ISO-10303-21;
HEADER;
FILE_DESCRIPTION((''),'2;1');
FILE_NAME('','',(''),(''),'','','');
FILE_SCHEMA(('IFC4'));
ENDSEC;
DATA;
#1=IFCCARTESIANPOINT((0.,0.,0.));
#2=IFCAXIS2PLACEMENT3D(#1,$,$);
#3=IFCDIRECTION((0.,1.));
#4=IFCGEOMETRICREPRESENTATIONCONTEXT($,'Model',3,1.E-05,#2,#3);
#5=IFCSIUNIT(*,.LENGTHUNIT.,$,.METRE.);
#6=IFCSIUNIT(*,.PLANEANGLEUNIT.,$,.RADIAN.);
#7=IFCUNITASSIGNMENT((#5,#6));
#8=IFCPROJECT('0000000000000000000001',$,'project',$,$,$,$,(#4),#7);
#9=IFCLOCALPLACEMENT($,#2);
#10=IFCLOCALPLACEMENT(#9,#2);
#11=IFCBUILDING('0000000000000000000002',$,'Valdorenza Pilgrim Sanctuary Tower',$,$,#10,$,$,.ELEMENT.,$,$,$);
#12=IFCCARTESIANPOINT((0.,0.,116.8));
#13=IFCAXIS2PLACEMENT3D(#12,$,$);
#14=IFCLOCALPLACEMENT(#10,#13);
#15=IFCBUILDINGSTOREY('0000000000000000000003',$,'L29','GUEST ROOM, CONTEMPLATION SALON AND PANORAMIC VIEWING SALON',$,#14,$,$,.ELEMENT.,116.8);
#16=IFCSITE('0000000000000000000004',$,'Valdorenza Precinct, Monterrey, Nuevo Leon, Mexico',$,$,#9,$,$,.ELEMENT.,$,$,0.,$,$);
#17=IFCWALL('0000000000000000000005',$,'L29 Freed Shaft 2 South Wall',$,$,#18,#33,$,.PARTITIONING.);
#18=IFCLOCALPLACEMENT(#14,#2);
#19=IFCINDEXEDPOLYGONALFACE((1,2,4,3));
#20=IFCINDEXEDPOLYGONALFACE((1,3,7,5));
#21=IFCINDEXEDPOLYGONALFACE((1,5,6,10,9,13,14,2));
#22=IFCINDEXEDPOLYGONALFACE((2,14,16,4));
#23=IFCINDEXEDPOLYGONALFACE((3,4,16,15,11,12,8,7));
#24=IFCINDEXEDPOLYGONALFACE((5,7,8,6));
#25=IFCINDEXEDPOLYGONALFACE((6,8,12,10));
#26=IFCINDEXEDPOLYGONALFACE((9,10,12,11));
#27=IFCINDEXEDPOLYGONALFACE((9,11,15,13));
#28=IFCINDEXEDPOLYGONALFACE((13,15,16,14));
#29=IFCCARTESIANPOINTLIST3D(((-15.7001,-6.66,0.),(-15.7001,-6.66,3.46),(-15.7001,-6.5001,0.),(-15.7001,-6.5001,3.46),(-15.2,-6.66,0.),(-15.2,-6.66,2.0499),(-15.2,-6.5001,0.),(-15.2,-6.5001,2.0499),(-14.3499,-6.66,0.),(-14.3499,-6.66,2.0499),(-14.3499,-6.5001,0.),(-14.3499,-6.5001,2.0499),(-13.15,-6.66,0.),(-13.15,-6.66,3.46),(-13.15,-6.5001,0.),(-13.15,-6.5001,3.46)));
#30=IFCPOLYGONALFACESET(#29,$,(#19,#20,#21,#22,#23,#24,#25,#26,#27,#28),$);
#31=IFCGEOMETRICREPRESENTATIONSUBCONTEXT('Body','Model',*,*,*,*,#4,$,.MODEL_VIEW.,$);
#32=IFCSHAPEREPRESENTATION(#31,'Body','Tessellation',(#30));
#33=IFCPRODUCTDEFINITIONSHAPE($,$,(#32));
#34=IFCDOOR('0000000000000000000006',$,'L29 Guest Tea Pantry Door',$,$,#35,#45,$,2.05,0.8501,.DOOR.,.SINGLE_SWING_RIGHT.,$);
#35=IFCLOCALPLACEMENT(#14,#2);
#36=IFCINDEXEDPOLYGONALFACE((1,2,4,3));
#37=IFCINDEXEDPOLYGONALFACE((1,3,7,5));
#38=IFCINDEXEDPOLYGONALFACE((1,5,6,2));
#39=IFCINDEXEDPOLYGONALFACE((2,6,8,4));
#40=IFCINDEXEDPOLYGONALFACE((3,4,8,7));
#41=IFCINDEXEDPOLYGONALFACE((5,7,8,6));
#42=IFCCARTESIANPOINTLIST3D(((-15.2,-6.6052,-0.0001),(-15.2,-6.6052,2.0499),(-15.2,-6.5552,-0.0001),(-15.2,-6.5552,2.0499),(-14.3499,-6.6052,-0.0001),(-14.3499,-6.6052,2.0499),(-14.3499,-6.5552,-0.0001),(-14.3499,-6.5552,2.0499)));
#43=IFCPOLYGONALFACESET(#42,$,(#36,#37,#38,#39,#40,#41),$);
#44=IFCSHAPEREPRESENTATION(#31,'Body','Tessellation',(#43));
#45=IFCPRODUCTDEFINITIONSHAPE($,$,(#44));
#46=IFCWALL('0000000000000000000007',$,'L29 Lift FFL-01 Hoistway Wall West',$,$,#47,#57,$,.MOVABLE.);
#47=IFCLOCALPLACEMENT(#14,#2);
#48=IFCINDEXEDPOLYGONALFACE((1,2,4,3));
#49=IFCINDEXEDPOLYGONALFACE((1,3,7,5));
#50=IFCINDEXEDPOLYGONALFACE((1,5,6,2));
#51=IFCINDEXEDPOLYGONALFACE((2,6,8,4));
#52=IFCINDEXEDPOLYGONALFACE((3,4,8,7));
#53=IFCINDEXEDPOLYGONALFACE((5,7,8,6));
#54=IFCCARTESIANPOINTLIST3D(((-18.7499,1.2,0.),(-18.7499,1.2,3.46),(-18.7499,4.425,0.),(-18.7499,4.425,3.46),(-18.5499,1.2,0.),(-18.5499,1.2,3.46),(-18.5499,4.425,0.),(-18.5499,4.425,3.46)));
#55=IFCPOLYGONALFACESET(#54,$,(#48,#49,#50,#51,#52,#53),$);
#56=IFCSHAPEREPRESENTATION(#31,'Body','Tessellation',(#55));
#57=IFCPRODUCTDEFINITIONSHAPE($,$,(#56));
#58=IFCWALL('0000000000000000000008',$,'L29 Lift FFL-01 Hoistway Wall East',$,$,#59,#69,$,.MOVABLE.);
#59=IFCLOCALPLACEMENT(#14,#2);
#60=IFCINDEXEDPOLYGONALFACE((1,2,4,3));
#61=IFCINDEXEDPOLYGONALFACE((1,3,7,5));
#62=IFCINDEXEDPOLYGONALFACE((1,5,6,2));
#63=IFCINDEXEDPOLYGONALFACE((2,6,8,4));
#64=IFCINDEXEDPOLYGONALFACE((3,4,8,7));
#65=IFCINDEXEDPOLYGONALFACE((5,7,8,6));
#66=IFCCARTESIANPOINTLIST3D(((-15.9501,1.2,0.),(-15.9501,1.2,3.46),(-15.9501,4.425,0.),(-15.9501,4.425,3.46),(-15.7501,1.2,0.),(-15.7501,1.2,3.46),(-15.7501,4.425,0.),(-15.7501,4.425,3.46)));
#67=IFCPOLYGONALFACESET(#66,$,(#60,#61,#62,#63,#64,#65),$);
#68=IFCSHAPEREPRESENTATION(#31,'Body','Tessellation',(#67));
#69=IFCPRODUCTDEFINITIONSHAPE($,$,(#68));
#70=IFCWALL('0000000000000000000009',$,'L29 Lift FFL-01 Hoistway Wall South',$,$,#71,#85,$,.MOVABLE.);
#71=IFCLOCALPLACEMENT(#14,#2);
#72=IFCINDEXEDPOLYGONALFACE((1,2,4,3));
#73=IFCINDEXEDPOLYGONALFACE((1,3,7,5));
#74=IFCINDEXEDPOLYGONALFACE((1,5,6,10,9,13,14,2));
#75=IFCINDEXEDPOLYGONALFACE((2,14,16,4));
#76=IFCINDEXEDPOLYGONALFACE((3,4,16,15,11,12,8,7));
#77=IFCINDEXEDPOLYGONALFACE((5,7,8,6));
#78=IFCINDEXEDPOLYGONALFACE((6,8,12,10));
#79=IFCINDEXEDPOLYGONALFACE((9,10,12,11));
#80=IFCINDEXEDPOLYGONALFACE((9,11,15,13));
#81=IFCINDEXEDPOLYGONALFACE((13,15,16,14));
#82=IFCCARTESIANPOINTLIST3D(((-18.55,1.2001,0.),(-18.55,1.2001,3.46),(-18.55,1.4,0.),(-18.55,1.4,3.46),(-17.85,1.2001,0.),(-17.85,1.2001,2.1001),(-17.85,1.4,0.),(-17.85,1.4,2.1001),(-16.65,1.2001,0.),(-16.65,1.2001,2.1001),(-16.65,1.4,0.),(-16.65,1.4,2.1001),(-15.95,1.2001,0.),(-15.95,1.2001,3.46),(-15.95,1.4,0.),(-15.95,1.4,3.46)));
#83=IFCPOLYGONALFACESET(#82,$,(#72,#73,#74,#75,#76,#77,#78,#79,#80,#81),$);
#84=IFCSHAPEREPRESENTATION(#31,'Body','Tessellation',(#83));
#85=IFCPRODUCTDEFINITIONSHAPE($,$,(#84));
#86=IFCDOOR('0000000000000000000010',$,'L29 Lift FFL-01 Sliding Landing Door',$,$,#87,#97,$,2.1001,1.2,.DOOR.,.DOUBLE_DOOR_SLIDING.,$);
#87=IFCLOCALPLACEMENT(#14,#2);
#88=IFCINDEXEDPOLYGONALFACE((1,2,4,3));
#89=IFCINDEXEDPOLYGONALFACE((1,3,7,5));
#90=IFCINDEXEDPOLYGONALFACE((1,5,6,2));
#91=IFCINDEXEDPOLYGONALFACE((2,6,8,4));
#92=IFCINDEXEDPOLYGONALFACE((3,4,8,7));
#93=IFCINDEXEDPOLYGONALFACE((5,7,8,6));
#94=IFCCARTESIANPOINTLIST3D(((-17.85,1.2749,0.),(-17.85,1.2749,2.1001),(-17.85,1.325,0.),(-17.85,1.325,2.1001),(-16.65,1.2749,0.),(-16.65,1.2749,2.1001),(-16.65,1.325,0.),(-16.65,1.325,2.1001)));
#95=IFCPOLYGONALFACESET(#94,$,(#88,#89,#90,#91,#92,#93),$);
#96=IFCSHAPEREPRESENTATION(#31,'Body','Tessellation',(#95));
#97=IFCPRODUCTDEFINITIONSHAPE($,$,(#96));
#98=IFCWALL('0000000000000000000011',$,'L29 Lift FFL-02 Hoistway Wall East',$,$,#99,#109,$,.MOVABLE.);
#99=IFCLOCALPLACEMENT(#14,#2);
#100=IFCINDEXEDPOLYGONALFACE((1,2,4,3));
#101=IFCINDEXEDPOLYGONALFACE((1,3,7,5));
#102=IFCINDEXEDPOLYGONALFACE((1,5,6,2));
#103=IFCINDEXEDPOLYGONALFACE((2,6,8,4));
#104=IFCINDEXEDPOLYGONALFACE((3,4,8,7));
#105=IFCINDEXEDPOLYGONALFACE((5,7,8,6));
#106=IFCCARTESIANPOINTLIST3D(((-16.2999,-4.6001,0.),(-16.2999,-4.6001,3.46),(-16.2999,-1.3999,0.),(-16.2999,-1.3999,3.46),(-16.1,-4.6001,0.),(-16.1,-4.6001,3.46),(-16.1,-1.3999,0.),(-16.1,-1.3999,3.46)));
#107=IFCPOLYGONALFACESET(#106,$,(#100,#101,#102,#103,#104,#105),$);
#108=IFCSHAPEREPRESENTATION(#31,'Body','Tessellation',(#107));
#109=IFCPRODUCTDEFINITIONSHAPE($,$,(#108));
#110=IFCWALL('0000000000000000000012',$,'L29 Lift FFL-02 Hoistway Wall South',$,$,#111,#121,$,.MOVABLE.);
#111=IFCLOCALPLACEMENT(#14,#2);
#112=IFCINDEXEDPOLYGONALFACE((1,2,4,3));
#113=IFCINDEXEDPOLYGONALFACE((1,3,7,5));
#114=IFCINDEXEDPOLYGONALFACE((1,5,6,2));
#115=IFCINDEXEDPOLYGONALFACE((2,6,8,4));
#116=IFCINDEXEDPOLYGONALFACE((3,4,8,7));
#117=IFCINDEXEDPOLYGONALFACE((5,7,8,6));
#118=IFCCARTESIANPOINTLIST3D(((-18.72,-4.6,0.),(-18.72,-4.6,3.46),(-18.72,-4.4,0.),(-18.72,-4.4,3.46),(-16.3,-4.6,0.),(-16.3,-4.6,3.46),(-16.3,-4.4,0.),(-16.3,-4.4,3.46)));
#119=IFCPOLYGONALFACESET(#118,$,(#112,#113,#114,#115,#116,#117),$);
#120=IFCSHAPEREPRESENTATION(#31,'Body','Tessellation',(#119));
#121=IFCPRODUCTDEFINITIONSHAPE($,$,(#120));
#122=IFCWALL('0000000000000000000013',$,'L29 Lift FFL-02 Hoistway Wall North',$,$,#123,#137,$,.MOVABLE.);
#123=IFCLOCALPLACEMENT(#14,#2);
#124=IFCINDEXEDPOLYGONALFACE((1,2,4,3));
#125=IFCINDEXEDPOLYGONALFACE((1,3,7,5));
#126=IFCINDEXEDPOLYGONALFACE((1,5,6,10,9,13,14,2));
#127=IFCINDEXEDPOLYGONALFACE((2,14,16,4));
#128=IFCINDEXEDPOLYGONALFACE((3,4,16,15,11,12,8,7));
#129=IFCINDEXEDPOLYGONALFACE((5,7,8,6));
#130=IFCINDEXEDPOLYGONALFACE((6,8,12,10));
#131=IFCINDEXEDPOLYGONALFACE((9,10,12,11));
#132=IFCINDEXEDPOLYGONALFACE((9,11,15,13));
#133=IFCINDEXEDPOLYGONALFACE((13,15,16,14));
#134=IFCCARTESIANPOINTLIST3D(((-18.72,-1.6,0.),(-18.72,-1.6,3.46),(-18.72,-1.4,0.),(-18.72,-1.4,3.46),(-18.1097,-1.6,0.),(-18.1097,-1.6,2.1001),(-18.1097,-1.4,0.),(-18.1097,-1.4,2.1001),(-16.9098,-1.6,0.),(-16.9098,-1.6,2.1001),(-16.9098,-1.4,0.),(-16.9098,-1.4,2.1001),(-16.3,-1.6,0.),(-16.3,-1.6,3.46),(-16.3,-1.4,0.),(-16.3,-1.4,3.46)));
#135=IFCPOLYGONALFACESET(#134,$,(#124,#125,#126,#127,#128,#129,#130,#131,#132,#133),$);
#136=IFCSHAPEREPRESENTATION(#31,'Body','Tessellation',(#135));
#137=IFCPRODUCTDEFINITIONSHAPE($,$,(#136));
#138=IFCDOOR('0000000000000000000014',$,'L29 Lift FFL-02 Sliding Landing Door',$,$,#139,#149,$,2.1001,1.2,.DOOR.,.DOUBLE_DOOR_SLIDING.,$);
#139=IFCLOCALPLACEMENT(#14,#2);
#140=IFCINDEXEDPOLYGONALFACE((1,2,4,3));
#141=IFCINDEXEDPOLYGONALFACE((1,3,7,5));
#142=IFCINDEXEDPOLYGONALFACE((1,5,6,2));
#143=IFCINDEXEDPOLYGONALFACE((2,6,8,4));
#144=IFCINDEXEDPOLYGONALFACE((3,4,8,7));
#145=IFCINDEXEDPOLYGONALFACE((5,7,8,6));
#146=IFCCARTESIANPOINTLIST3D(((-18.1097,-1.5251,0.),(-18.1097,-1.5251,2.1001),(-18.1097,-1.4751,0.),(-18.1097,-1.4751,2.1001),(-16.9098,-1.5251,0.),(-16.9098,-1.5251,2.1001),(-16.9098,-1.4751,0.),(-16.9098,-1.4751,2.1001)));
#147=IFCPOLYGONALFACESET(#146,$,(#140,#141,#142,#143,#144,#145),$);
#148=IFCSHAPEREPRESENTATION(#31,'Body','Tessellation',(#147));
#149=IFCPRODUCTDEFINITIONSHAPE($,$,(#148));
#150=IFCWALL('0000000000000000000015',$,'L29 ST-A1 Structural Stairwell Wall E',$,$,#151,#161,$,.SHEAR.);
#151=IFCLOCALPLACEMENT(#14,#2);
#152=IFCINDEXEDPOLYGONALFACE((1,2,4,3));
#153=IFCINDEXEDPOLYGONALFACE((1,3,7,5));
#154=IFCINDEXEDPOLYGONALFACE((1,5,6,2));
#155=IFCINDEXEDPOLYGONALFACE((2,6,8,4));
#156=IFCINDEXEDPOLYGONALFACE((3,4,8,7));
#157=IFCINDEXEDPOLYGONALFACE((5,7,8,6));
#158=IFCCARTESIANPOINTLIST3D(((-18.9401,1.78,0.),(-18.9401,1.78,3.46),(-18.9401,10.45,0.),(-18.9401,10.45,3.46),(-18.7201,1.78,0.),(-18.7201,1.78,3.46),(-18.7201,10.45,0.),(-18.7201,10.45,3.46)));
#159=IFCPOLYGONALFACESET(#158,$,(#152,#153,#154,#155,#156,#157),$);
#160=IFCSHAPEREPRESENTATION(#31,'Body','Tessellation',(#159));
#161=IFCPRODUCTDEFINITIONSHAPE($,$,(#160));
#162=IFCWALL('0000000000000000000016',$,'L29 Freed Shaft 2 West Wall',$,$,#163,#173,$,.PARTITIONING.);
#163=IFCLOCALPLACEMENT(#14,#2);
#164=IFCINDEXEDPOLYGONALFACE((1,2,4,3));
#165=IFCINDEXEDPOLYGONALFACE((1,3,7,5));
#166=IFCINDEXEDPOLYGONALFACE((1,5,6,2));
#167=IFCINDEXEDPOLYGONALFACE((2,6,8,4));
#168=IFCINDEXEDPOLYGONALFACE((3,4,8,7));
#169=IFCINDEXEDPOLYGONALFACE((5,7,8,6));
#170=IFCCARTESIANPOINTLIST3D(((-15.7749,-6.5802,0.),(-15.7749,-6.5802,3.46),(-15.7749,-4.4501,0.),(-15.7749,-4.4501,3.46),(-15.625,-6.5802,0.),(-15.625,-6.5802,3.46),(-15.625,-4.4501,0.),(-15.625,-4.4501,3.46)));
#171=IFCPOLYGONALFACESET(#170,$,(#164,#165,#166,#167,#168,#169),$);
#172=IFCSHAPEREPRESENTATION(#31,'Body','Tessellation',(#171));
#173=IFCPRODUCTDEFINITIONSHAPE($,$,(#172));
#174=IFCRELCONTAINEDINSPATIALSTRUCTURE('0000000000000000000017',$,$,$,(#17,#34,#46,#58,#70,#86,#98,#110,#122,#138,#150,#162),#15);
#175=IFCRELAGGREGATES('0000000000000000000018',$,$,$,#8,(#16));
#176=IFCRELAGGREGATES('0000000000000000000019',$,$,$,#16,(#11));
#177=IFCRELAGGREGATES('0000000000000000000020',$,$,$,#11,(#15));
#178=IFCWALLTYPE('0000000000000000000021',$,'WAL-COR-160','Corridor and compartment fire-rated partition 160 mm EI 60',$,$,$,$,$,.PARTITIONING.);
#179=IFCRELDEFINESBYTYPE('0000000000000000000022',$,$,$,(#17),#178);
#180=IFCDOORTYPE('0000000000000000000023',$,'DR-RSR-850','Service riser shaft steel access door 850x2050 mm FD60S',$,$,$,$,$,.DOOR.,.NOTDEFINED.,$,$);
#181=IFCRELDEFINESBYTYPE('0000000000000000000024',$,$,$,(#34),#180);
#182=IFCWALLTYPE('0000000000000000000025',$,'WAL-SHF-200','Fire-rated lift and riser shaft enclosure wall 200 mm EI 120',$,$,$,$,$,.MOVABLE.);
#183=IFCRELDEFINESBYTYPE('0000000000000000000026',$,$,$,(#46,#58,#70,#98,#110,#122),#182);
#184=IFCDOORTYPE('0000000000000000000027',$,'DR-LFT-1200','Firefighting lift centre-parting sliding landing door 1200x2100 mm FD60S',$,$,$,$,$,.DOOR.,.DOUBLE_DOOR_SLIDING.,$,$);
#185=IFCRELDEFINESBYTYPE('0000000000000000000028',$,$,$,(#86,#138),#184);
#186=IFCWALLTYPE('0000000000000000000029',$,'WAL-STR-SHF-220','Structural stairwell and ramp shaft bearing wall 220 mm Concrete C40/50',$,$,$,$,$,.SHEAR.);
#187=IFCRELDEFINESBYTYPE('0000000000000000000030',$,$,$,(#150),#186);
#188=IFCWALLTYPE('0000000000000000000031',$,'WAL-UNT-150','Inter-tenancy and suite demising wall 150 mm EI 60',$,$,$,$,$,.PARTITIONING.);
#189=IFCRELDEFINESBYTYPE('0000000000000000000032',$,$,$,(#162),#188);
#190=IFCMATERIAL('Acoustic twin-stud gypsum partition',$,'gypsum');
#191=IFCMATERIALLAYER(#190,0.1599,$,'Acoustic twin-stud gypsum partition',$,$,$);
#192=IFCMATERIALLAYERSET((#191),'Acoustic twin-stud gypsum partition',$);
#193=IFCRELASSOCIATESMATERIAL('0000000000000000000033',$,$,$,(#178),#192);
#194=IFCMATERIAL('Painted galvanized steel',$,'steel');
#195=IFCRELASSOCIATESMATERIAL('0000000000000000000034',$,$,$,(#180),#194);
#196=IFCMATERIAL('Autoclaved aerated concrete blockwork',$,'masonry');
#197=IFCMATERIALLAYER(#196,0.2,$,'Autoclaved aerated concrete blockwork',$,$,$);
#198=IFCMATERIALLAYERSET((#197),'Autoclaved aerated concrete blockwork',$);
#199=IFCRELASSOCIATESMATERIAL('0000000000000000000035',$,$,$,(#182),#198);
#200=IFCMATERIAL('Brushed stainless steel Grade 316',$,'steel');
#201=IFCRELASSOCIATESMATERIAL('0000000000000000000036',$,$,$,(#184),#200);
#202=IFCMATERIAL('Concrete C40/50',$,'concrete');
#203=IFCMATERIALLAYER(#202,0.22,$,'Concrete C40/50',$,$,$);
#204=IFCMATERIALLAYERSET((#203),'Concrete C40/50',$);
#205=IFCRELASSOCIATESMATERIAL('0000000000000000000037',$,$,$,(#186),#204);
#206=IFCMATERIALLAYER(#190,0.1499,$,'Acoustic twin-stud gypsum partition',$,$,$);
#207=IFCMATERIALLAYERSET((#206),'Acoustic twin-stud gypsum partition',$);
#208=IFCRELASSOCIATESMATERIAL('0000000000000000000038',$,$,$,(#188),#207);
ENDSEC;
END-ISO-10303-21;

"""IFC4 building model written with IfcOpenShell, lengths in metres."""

from ifc_helpers import new_model, si_unit, direction, frame, frame_2d, origin, place, context, subcontext, project, spatial, rectangle, extrude, material, layer, layer_set, type_object, element, fill, save


model = new_model("IFC4")

# Units and contexts
model_context = context("Model", 3, precision=1e-05, world=origin(), true_north=direction((0.0, 1.0)))
body_context = subcontext(model_context, "Body", "Model", "MODEL_VIEW")
ifc_project = project(units=[si_unit("LENGTHUNIT", "METRE"), si_unit("PLANEANGLEUNIT", "RADIAN")], contexts=[model_context])

# Site, building, storey
site_placement = place(None, origin())
site = spatial("IfcSite", under=ifc_project, at=site_placement, Name="Valdorenza Precinct, Monterrey, Nuevo Leon, Mexico", CompositionType="ELEMENT", RefElevation=0.0)
building_placement = place(site_placement, origin())
building = spatial("IfcBuilding", under=site, at=building_placement, Name="Valdorenza Pilgrim Sanctuary Tower", CompositionType="ELEMENT")
storey_placement = place(building_placement, frame((0.0, 0.0, 116.8)))
storey = spatial("IfcBuildingStorey", under=building, at=storey_placement, Name="L29", Description="GUEST ROOM, CONTEMPLATION SALON AND PANORAMIC VIEWING SALON", CompositionType="ELEMENT", Elevation=116.8)

# Wall, opening, door
ifc_material_1 = material(Name="Acoustic twin-stud gypsum partition", Category="gypsum")
ifc_layer_1 = layer(ifc_material_1, 0.1599, Name="Acoustic twin-stud gypsum partition")
ifc_layer_set_1 = layer_set([ifc_layer_1], Name="Acoustic twin-stud gypsum partition")
wall_type_1 = type_object("IfcWallType", Name="WAL-COR-160", Description="Corridor and compartment fire-rated partition 160 mm EI 60", PredefinedType="PARTITIONING", material=ifc_layer_set_1)
wall_1_placement = place(storey_placement, frame((-15.7, -6.5801, 0.0), z_axis=(0.0, 0.0, 1.0), x_axis=(1.0, 0.0, 0.0)))
wall_1 = element("IfcWall", 1, at=wall_1_placement, inside=storey, type_object=wall_type_1, Name="L29 Freed Shaft 2 South Wall", PredefinedType="PARTITIONING", context=body_context, shape_type="SweptSolid", body=[
    extrude(rectangle(XDim=2.55, YDim=0.1599, at=frame_2d((1.2749, 0.0))), origin(), (0.0, 0.0, 1.0), 3.46),
])
opening_1_placement = place(wall_1_placement, frame((0.5, 0.0, 0.0)))
opening_1 = element("IfcOpeningElement", 2, at=opening_1_placement, cuts=wall_1, PredefinedType="OPENING", context=body_context, shape_type="SweptSolid", body=[
    extrude(rectangle(XDim=0.8501, YDim=2.05, at=frame_2d((0.425, 1.0249))), frame((0.0, 0.0947, 0.0), z_axis=(0.0, -1.0, 0.0), x_axis=(1.0, 0.0, 0.0)), (0.0, 0.0, 1.0), 0.1897),
])
ifc_material_2 = material(Name="Painted galvanized steel", Category="steel")
door_type_1 = type_object("IfcDoorType", Name="DR-RSR-850", Description="Service riser shaft steel access door 850x2050 mm FD60S", OperationType="NOTDEFINED", PredefinedType="DOOR", material=ifc_material_2)
door_1_placement = place(opening_1_placement, origin())
door_1 = element("IfcDoor", 3, at=door_1_placement, inside=storey, type_object=door_type_1, Name="L29 Guest Tea Pantry Door", OperationType="SINGLE_SWING_RIGHT", OverallHeight=2.05, OverallWidth=0.8501, PredefinedType="DOOR", context=body_context, shape_type="SweptSolid", body=[
    extrude(rectangle(XDim=0.8501, YDim=2.05, at=frame_2d((0.425, 1.0249))), frame((0.0, 0.0249, 0.0), z_axis=(0.0, -1.0, 0.0), x_axis=(1.0, 0.0, 0.0)), (0.0, 0.0, 1.0), 0.05),
])
fill(opening_1, door_1)

# Walls
ifc_material_3 = material(Name="Autoclaved aerated concrete blockwork", Category="masonry")
ifc_layer_2 = layer(ifc_material_3, 0.2, Name="Autoclaved aerated concrete blockwork")
ifc_layer_set_2 = layer_set([ifc_layer_2], Name="Autoclaved aerated concrete blockwork")
wall_type_2 = type_object("IfcWallType", Name="WAL-SHF-200", Description="Fire-rated lift and riser shaft enclosure wall 200 mm EI 120", PredefinedType="MOVABLE", material=ifc_layer_set_2)
for number, where, z_axis, x_axis, name in (
    (4, (-18.6499, 1.2, 0.0), (0.0, 0.0, 1.0), (0.0, 1.0, 0.0), "L29 Lift FFL-01 Hoistway Wall West"),
    (5, (-15.8501, 1.2, 0.0), (0.0, 0.0, 1.0), (0.0, 1.0, 0.0), "L29 Lift FFL-01 Hoistway Wall East"),
):
    element("IfcWall", number, at=place(storey_placement, frame(where, z_axis=z_axis, x_axis=x_axis)), inside=storey, type_object=wall_type_2, Name=name, PredefinedType="MOVABLE", context=body_context, shape_type="SweptSolid", body=[
        extrude(rectangle(XDim=3.2251, YDim=0.2, at=frame_2d((1.6125, 0.0))), origin(), (0.0, 0.0, 1.0), 3.46),
    ])

# Wall, opening, door
wall_2_placement = place(storey_placement, frame((-18.55, 1.3, 0.0), z_axis=(0.0, 0.0, 1.0), x_axis=(1.0, 0.0, 0.0)))
wall_2 = element("IfcWall", 6, at=wall_2_placement, inside=storey, type_object=wall_type_2, Name="L29 Lift FFL-01 Hoistway Wall South", PredefinedType="MOVABLE", context=body_context, shape_type="SweptSolid", body=[
    extrude(rectangle(XDim=2.6001, YDim=0.2, at=frame_2d((1.3, 0.0))), origin(), (0.0, 0.0, 1.0), 3.46),
])
opening_2_placement = place(wall_2_placement, frame((0.7, 0.0, 0.0)))
opening_2 = element("IfcOpeningElement", 7, at=opening_2_placement, cuts=wall_2, PredefinedType="OPENING", context=body_context, shape_type="SweptSolid", body=[
    extrude(rectangle(XDim=1.2, YDim=2.1001, at=frame_2d((0.6001, 1.05))), frame((0.0, 0.1147, 0.0), z_axis=(0.0, -1.0, 0.0), x_axis=(1.0, 0.0, 0.0)), (0.0, 0.0, 1.0), 0.2297),
])
ifc_material_4 = material(Name="Brushed stainless steel Grade 316", Category="steel")
door_type_2 = type_object("IfcDoorType", Name="DR-LFT-1200", Description="Firefighting lift centre-parting sliding landing door 1200x2100 mm FD60S", OperationType="DOUBLE_DOOR_SLIDING", PredefinedType="DOOR", material=ifc_material_4)
door_2_placement = place(opening_2_placement, origin())
door_2 = element("IfcDoor", 8, at=door_2_placement, inside=storey, type_object=door_type_2, Name="L29 Lift FFL-01 Sliding Landing Door", OperationType="DOUBLE_DOOR_SLIDING", OverallHeight=2.1001, OverallWidth=1.2, PredefinedType="DOOR", context=body_context, shape_type="SweptSolid", body=[
    extrude(rectangle(XDim=1.2, YDim=2.1001, at=frame_2d((0.6001, 1.05))), frame((0.0, 0.0249, 0.0), z_axis=(0.0, -1.0, 0.0), x_axis=(1.0, 0.0, 0.0)), (0.0, 0.0, 1.0), 0.05),
])
fill(opening_2, door_2)

# Walls
wall_3_placement = place(storey_placement, frame((-16.2, -4.6001, 0.0), z_axis=(0.0, 0.0, 1.0), x_axis=(0.0, 1.0, 0.0)))
element("IfcWall", 9, at=wall_3_placement, inside=storey, type_object=wall_type_2, Name="L29 Lift FFL-02 Hoistway Wall East", PredefinedType="MOVABLE", context=body_context, shape_type="SweptSolid", body=[
    extrude(rectangle(XDim=3.2002, YDim=0.2, at=frame_2d((1.6001, 0.0))), origin(), (0.0, 0.0, 1.0), 3.46),
])
wall_4_placement = place(storey_placement, frame((-18.72, -4.5, 0.0), z_axis=(0.0, 0.0, 1.0), x_axis=(1.0, 0.0, 0.0)))
element("IfcWall", 10, at=wall_4_placement, inside=storey, type_object=wall_type_2, Name="L29 Lift FFL-02 Hoistway Wall South", PredefinedType="MOVABLE", context=body_context, shape_type="SweptSolid", body=[
    extrude(rectangle(XDim=2.4199, YDim=0.2, at=frame_2d((1.21, 0.0))), origin(), (0.0, 0.0, 1.0), 3.46),
])

# Wall, opening, door
wall_5_placement = place(storey_placement, frame((-18.72, -1.5, 0.0), z_axis=(0.0, 0.0, 1.0), x_axis=(1.0, 0.0, 0.0)))
wall_5 = element("IfcWall", 11, at=wall_5_placement, inside=storey, type_object=wall_type_2, Name="L29 Lift FFL-02 Hoistway Wall North", PredefinedType="MOVABLE", context=body_context, shape_type="SweptSolid", body=[
    extrude(rectangle(XDim=2.4199, YDim=0.2, at=frame_2d((1.21, 0.0))), origin(), (0.0, 0.0, 1.0), 3.46),
])
opening_3_placement = place(wall_5_placement, frame((0.6101, 0.0, 0.0)))
opening_3 = element("IfcOpeningElement", 12, at=opening_3_placement, cuts=wall_5, PredefinedType="OPENING", context=body_context, shape_type="SweptSolid", body=[
    extrude(rectangle(XDim=1.2, YDim=2.1001, at=frame_2d((0.6001, 1.05))), frame((0.0, 0.1147, 0.0), z_axis=(0.0, -1.0, 0.0), x_axis=(1.0, 0.0, 0.0)), (0.0, 0.0, 1.0), 0.2297),
])
door_3_placement = place(opening_3_placement, origin())
door_3 = element("IfcDoor", 13, at=door_3_placement, inside=storey, type_object=door_type_2, Name="L29 Lift FFL-02 Sliding Landing Door", OperationType="DOUBLE_DOOR_SLIDING", OverallHeight=2.1001, OverallWidth=1.2, PredefinedType="DOOR", context=body_context, shape_type="SweptSolid", body=[
    extrude(rectangle(XDim=1.2, YDim=2.1001, at=frame_2d((0.6001, 1.05))), frame((0.0, 0.0249, 0.0), z_axis=(0.0, -1.0, 0.0), x_axis=(1.0, 0.0, 0.0)), (0.0, 0.0, 1.0), 0.05),
])
fill(opening_3, door_3)

# Walls
ifc_material_5 = material(Name="Concrete C40/50", Category="concrete")
ifc_layer_3 = layer(ifc_material_5, 0.22, Name="Concrete C40/50")
ifc_layer_set_3 = layer_set([ifc_layer_3], Name="Concrete C40/50")
wall_type_3 = type_object("IfcWallType", Name="WAL-STR-SHF-220", Description="Structural stairwell and ramp shaft bearing wall 220 mm Concrete C40/50", PredefinedType="SHEAR", material=ifc_layer_set_3)
wall_6_placement = place(storey_placement, frame((-18.8301, 1.78, 0.0), z_axis=(0.0, 0.0, 1.0), x_axis=(0.0, 1.0, 0.0)))
element("IfcWall", 14, at=wall_6_placement, inside=storey, type_object=wall_type_3, Name="L29 ST-A1 Structural Stairwell Wall E", PredefinedType="SHEAR", context=body_context, shape_type="SweptSolid", body=[
    extrude(rectangle(XDim=8.6699, YDim=0.22, at=frame_2d((4.335, 0.0))), origin(), (0.0, 0.0, 1.0), 3.46),
])
ifc_layer_4 = layer(ifc_material_1, 0.1499, Name="Acoustic twin-stud gypsum partition")
ifc_layer_set_4 = layer_set([ifc_layer_4], Name="Acoustic twin-stud gypsum partition")
wall_type_4 = type_object("IfcWallType", Name="WAL-UNT-150", Description="Inter-tenancy and suite demising wall 150 mm EI 60", PredefinedType="PARTITIONING", material=ifc_layer_set_4)
wall_7_placement = place(storey_placement, frame((-15.7, -6.5801, 0.0), z_axis=(0.0, 0.0, 1.0), x_axis=(0.0, 1.0, 0.0)))
element("IfcWall", 15, at=wall_7_placement, inside=storey, type_object=wall_type_4, Name="L29 Freed Shaft 2 West Wall", PredefinedType="PARTITIONING", context=body_context, shape_type="SweptSolid", body=[
    extrude(rectangle(XDim=2.1301, YDim=0.1499, at=frame_2d((1.0649, 0.0))), origin(), (0.0, 0.0, 1.0), 3.46),
])

save(model, "model.ifc")
